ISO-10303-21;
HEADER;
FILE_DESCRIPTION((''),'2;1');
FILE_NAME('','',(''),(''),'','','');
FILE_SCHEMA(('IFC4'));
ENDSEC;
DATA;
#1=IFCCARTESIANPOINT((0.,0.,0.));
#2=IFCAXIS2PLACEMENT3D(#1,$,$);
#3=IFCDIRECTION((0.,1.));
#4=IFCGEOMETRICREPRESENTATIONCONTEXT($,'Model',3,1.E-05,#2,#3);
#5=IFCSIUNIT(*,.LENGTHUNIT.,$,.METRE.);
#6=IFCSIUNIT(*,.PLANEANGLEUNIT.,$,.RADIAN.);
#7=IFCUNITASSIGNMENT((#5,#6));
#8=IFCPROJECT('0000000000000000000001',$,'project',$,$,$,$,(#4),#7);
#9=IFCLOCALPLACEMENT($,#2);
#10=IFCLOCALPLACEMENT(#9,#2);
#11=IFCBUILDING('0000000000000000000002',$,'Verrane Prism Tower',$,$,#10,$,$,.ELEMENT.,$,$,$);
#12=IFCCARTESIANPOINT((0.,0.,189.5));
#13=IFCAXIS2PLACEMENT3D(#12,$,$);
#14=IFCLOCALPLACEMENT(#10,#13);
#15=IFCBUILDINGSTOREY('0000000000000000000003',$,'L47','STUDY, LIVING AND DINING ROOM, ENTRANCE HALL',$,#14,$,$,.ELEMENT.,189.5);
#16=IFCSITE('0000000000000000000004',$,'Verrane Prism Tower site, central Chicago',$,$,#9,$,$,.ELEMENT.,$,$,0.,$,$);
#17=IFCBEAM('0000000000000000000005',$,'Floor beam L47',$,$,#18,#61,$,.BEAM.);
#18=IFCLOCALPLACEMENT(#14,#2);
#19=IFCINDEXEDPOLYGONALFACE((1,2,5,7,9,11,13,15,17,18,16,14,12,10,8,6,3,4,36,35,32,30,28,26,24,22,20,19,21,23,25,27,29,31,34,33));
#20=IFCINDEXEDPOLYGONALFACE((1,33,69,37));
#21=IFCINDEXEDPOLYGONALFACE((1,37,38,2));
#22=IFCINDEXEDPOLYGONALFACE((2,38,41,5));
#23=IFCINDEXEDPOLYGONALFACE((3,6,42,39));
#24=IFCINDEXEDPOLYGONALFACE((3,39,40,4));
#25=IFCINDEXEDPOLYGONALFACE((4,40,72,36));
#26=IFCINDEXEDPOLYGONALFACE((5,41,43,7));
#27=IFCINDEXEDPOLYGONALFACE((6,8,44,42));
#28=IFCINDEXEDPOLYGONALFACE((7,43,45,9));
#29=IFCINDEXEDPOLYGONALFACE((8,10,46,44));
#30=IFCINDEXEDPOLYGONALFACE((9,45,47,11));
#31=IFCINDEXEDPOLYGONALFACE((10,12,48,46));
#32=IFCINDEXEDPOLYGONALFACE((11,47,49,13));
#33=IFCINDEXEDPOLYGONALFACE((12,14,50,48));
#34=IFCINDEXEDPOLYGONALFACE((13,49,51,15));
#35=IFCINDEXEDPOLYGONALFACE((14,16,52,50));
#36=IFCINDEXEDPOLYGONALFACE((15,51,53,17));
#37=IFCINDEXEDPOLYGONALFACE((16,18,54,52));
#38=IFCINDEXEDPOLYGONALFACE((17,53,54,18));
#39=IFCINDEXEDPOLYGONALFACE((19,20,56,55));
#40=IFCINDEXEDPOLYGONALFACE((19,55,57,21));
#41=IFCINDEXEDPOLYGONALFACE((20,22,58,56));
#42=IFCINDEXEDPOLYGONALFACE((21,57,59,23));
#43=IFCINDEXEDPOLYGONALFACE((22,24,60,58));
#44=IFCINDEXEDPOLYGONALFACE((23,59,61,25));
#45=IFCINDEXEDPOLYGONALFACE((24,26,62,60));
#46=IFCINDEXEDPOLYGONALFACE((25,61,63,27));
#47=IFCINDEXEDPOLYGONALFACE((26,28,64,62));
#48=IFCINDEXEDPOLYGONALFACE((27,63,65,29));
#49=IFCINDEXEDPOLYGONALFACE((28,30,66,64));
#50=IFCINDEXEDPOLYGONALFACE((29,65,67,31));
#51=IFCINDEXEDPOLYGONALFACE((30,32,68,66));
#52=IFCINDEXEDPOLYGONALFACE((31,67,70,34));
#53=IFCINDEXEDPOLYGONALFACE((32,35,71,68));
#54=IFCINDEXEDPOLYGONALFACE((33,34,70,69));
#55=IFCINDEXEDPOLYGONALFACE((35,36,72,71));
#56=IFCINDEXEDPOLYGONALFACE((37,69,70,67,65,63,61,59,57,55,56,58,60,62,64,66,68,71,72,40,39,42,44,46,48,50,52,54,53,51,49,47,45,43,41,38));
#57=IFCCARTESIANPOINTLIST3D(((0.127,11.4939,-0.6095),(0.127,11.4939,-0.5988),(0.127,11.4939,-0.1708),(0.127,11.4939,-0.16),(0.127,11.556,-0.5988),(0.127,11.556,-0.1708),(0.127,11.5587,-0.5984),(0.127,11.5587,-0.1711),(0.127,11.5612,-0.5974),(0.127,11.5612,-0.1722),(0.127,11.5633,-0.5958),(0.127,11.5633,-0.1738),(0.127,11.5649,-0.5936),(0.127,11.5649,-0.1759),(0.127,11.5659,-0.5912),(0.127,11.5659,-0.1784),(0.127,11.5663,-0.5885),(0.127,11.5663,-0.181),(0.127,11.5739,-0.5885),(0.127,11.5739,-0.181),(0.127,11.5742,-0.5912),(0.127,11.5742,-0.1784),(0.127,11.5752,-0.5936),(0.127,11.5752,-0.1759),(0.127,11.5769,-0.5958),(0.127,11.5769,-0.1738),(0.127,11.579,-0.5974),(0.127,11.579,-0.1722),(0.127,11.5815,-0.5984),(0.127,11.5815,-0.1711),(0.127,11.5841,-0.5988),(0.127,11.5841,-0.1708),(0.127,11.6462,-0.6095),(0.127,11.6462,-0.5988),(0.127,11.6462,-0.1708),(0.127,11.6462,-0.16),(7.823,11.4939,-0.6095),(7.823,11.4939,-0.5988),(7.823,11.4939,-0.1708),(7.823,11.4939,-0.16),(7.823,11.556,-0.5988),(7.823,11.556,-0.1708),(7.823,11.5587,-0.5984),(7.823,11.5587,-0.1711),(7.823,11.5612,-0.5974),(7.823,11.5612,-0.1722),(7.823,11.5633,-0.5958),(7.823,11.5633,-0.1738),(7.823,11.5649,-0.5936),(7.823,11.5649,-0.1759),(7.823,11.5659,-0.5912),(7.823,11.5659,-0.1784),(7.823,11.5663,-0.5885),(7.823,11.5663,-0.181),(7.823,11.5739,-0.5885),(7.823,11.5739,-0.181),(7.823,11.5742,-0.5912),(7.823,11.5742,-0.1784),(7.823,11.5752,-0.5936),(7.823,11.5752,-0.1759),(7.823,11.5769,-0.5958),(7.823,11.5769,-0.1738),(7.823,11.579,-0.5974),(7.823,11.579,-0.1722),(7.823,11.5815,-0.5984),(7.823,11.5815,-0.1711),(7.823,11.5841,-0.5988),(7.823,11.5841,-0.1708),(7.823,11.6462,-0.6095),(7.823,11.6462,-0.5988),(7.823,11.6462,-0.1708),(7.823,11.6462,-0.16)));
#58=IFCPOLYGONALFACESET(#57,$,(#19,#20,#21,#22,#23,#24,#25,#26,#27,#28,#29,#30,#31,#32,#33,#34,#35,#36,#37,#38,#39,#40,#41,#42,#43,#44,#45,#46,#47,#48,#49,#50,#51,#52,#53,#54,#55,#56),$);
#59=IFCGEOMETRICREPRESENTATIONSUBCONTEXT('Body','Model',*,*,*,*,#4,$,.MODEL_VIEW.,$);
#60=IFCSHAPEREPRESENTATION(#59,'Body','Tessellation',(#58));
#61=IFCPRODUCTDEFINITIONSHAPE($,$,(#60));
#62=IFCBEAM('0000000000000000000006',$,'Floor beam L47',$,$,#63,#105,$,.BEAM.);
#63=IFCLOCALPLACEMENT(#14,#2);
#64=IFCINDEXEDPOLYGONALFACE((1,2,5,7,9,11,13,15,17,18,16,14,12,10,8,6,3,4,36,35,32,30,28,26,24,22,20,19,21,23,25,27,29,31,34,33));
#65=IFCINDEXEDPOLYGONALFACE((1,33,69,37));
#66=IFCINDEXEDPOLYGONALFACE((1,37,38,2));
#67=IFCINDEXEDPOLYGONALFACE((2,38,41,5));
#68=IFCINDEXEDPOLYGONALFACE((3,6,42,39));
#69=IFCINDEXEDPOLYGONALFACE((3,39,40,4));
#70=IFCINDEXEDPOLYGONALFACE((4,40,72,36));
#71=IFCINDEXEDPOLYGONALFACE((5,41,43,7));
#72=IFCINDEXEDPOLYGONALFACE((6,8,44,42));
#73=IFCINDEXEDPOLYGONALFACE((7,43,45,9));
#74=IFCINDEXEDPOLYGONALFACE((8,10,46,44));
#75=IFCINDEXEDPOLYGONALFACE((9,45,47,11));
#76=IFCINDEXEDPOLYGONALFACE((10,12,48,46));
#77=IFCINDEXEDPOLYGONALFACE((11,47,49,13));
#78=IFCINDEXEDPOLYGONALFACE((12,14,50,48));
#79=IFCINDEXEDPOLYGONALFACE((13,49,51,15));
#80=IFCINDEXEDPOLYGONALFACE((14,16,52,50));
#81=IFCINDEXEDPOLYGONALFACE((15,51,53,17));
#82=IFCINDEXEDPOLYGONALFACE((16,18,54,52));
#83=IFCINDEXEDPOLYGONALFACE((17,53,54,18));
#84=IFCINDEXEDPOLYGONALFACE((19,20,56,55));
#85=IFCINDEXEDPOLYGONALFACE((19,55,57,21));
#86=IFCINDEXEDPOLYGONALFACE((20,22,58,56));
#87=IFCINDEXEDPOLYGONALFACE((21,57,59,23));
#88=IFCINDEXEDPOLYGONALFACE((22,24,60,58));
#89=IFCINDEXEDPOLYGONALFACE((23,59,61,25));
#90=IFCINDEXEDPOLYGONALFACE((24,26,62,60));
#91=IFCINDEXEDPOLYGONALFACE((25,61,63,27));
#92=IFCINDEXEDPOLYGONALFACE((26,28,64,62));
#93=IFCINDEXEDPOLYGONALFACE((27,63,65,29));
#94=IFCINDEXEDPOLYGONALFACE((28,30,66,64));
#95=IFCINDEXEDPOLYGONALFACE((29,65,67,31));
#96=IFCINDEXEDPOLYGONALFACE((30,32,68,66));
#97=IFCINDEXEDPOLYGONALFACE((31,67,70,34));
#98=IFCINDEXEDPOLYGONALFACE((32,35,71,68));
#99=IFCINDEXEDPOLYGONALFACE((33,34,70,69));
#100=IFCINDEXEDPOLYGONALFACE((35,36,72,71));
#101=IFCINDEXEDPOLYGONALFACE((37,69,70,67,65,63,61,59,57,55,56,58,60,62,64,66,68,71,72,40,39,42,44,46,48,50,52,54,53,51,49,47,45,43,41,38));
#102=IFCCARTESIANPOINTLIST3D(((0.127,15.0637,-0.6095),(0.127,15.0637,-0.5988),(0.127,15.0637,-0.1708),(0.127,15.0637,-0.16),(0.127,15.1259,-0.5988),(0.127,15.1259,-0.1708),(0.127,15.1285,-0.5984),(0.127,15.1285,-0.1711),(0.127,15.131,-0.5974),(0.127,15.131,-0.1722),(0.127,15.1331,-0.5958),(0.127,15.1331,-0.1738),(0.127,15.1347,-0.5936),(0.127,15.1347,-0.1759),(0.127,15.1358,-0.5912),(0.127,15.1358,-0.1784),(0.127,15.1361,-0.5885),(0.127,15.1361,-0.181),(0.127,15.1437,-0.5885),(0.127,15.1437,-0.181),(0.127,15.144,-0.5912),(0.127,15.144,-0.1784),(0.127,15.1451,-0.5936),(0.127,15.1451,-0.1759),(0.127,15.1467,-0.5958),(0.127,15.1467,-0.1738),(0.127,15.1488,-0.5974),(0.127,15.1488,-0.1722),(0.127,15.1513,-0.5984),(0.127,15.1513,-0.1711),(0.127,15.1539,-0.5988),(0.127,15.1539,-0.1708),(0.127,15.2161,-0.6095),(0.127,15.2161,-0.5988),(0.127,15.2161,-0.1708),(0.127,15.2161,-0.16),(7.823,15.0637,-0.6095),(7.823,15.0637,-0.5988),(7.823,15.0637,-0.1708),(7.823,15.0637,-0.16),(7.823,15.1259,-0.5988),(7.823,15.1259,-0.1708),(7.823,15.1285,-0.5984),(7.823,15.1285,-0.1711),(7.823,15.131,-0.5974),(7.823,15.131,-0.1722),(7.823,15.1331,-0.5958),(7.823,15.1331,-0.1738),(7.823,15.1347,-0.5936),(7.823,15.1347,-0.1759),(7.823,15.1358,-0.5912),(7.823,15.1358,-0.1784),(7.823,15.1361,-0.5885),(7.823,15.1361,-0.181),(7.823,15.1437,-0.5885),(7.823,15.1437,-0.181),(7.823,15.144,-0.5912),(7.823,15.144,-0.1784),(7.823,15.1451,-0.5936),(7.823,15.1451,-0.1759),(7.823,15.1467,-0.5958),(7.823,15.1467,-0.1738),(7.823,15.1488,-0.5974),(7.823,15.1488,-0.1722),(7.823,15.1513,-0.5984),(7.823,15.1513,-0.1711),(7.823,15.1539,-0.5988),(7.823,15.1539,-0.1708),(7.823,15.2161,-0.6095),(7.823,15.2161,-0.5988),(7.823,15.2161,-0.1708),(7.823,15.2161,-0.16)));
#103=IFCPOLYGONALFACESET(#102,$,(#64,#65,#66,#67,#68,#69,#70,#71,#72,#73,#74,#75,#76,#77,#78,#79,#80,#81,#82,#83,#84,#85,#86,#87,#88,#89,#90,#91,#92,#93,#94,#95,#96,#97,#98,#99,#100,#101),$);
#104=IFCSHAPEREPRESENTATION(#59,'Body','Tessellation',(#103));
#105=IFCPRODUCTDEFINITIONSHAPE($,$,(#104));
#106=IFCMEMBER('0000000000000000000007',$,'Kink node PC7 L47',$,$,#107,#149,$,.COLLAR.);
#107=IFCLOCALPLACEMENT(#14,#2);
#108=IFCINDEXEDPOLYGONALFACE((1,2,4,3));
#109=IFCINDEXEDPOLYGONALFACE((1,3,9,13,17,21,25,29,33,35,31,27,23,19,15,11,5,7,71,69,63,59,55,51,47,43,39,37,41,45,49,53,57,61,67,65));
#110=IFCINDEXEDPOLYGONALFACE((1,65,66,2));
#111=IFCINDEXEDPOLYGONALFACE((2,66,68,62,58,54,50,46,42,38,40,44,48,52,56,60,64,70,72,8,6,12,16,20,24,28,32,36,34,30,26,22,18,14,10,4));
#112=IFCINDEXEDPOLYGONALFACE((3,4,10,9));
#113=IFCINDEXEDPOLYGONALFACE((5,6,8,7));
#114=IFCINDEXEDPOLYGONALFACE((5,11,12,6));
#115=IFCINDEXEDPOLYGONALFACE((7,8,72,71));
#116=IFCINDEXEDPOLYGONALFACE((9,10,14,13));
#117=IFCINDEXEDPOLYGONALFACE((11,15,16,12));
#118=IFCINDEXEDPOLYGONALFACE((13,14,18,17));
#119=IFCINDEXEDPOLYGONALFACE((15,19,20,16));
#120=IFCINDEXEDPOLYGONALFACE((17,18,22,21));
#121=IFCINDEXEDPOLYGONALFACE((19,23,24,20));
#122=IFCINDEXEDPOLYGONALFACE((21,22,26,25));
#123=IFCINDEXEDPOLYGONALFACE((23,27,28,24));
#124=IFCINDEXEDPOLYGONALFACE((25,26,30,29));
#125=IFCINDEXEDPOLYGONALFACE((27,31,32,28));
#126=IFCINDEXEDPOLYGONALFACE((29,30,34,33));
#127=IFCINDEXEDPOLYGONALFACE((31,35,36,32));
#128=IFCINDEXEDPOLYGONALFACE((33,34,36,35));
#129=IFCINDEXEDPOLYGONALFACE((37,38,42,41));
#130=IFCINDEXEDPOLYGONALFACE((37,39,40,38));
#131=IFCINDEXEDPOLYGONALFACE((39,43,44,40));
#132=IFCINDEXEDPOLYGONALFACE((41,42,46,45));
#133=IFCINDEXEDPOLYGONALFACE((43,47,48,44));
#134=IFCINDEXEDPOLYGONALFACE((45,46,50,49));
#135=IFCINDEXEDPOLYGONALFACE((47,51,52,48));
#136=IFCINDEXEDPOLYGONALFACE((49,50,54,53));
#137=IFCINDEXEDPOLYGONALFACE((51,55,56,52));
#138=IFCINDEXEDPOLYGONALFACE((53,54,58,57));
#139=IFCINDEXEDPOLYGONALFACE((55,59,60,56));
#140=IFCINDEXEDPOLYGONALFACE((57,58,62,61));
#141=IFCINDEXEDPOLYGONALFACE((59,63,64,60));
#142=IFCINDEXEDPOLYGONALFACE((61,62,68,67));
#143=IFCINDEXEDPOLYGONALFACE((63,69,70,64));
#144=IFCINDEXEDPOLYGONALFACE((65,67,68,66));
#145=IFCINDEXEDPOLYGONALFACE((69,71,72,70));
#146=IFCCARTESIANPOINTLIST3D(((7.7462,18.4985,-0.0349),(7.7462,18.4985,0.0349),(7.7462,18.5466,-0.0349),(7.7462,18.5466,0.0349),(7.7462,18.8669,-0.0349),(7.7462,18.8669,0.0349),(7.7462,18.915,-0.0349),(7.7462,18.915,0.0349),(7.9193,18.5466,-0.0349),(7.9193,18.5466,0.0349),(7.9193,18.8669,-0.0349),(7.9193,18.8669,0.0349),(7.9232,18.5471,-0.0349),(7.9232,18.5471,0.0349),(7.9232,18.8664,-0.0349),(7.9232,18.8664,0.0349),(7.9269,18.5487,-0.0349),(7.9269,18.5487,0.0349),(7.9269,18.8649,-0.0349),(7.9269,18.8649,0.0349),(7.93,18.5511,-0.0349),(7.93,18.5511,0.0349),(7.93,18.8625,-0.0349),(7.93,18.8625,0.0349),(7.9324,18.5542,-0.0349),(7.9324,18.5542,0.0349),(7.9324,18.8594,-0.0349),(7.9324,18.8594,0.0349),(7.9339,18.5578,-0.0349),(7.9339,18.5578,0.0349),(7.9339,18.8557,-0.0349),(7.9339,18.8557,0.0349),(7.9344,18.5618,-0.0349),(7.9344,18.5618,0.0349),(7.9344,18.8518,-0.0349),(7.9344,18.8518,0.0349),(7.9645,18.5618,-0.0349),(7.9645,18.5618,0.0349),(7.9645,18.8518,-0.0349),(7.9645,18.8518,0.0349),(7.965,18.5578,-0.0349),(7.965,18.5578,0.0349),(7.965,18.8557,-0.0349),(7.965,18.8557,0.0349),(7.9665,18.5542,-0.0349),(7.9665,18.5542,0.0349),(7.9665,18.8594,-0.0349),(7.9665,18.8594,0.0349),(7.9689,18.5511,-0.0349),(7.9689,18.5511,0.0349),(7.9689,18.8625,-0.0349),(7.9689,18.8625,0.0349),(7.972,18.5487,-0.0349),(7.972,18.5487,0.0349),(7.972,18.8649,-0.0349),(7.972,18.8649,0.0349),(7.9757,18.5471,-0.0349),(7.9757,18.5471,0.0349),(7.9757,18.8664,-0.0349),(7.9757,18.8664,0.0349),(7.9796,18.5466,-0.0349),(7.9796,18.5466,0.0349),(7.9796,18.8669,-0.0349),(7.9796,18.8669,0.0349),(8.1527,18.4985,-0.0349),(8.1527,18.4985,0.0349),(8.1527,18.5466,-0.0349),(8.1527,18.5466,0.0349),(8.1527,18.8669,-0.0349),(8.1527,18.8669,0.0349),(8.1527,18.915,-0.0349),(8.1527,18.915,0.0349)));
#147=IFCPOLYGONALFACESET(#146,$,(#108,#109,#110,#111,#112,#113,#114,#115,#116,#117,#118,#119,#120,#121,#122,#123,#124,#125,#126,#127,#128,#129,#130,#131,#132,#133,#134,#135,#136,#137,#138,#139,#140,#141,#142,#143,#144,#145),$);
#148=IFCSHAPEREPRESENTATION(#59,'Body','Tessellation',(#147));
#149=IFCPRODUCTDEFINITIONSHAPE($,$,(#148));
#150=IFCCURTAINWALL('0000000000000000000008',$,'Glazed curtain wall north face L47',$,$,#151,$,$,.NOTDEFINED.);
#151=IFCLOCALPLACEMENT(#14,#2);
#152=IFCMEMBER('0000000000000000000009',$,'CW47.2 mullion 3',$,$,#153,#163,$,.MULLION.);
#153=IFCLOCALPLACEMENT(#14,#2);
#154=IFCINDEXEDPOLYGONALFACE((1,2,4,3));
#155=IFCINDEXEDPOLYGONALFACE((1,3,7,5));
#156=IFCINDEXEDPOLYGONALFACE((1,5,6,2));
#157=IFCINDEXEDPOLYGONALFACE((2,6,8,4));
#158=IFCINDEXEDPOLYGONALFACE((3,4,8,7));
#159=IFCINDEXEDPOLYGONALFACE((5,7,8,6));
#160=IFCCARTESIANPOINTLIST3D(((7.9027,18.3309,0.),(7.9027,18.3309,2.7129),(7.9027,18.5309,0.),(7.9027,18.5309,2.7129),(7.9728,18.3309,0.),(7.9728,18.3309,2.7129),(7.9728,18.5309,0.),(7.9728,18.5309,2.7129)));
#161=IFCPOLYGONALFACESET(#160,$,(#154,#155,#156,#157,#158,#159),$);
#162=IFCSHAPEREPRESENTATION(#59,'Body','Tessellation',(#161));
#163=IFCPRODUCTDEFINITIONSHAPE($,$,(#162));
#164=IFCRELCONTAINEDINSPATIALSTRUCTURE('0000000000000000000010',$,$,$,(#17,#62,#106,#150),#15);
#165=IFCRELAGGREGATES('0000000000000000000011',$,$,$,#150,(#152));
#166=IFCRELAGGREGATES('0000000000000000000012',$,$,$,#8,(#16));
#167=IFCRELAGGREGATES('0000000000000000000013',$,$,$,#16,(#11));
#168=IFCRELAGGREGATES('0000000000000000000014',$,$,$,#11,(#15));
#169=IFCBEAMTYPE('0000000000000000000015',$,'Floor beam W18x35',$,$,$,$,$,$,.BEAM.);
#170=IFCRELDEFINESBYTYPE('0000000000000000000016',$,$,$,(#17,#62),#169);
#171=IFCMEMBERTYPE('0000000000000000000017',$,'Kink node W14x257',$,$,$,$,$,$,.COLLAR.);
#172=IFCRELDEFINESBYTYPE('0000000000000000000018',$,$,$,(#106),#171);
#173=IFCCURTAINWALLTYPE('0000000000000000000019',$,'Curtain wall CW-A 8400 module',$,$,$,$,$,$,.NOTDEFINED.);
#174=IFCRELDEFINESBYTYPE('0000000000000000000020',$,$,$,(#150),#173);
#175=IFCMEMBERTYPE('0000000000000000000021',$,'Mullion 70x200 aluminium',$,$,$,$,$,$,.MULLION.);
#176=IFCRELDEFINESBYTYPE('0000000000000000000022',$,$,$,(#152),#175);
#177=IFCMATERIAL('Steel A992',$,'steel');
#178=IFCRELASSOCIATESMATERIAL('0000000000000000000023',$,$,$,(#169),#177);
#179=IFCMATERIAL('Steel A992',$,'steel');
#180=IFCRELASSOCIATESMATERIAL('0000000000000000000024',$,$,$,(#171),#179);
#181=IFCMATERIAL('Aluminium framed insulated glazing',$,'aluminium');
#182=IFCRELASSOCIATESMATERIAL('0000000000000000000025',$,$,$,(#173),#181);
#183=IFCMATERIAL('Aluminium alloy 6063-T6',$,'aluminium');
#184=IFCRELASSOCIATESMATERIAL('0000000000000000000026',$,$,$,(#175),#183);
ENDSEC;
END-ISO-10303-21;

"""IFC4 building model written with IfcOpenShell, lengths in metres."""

from ifc_helpers import new_model, si_unit, direction, frame, origin, origin_2d, place, context, subcontext, project, spatial, rectangle, i_section, extrude, material, material_profile, profile_set, type_object, element, aggregate, save


model = new_model("IFC4")

# Units and contexts
model_context = context("Model", 3, precision=1e-05, world=origin(), true_north=direction((0.0, 1.0)))
body_context = subcontext(model_context, "Body", "Model", "MODEL_VIEW")
ifc_project = project(units=[si_unit("LENGTHUNIT", "METRE"), si_unit("PLANEANGLEUNIT", "RADIAN")], contexts=[model_context])

# Site, building, storey
site_placement = place(None, origin())
site = spatial("IfcSite", under=ifc_project, at=site_placement, Name="Verrane Prism Tower site, central Chicago", CompositionType="ELEMENT", RefElevation=0.0)
building_placement = place(site_placement, origin())
building = spatial("IfcBuilding", under=site, at=building_placement, Name="Verrane Prism Tower", CompositionType="ELEMENT")
storey_placement = place(building_placement, frame((0.0, 0.0, 189.5)))
storey = spatial("IfcBuildingStorey", under=building, at=storey_placement, Name="L47", Description="STUDY, LIVING AND DINING ROOM, ENTRANCE HALL", CompositionType="ELEMENT", Elevation=189.5)

# Beams
ifc_material_1 = material(Name="Steel A992", Category="steel")
ifc_material_profile_1 = material_profile(ifc_material_1, i_section(OverallWidth=0.1523, OverallDepth=0.4495, WebThickness=0.0076, FlangeThickness=0.0107, FilletRadius=0.0103, at=origin_2d()), Name="W18x35")
ifc_profile_set_1 = profile_set([ifc_material_profile_1], Name="Steel A992")
beam_type_1 = type_object("IfcBeamType", Name="Floor beam W18x35", PredefinedType="BEAM", material=ifc_profile_set_1)
for number, where, z_axis, x_axis, name in (
    (1, (0.127, 11.5701, -0.3848), (1.0, 0.0, 0.0), (0.0, 1.0, 0.0), "Floor beam L47"),
    (2, (0.127, 15.1399, -0.3848), (1.0, 0.0, 0.0), (0.0, 1.0, 0.0), "Floor beam L47"),
):
    element("IfcBeam", number, at=place(storey_placement, frame(where, z_axis=z_axis, x_axis=x_axis)), inside=storey, type_object=beam_type_1, Name=name, PredefinedType="BEAM", context=body_context, shape_type="SweptSolid", body=[
        extrude(i_section(OverallWidth=0.1523, OverallDepth=0.4495, WebThickness=0.0076, FlangeThickness=0.0107, FilletRadius=0.0103, at=origin_2d()), origin(), (0.0, 0.0, 1.0), 7.696),
    ])

# Member
ifc_material_2 = material(Name="Steel A992", Category="steel")
ifc_material_profile_2 = material_profile(ifc_material_2, i_section(OverallWidth=0.4065, OverallDepth=0.4165, WebThickness=0.03, FlangeThickness=0.0481, FilletRadius=0.0151, at=origin_2d()), Name="W14x257")
ifc_profile_set_2 = profile_set([ifc_material_profile_2], Name="Steel A992")
member_type_1 = type_object("IfcMemberType", Name="Kink node W14x257", PredefinedType="COLLAR", material=ifc_profile_set_2)
member_1_placement = place(storey_placement, frame((7.9495, 18.7068, -0.0349), z_axis=(0.0, 0.0, 1.0), x_axis=(1.0, 0.0, 0.0)))
element("IfcMember", 3, at=member_1_placement, inside=storey, type_object=member_type_1, Name="Kink node PC7 L47", PredefinedType="COLLAR", context=body_context, shape_type="SweptSolid", body=[
    extrude(i_section(OverallWidth=0.4065, OverallDepth=0.4165, WebThickness=0.03, FlangeThickness=0.0481, FilletRadius=0.0151, at=origin_2d()), origin(), (0.0, 0.0, 1.0), 0.0698),
])

# Curtain wall, member
ifc_material_3 = material(Name="Aluminium framed insulated glazing", Category="aluminium")
curtain_wall_type = type_object("IfcCurtainWallType", Name="Curtain wall CW-A 8400 module", PredefinedType="NOTDEFINED", material=ifc_material_3)
curtain_wall_placement = place(storey_placement, origin())
curtain_wall = element("IfcCurtainWall", 4, at=curtain_wall_placement, inside=storey, type_object=curtain_wall_type, Name="Glazed curtain wall north face L47", PredefinedType="NOTDEFINED")
ifc_material_4 = material(Name="Aluminium alloy 6063-T6", Category="aluminium")
ifc_material_profile_3 = material_profile(ifc_material_4, rectangle(XDim=0.2, YDim=0.0701, at=origin_2d()), Name="Mullion 70x200 aluminium")
ifc_profile_set_3 = profile_set([ifc_material_profile_3], Name="Aluminium alloy 6063-T6")
member_type_2 = type_object("IfcMemberType", Name="Mullion 70x200 aluminium", PredefinedType="MULLION", material=ifc_profile_set_3)
member_2_placement = place(storey_placement, frame((7.9377, 18.4309, 0.0), z_axis=(0.0, 0.0, 1.0), x_axis=(0.0, -1.0, 0.0)))
member_2 = element("IfcMember", 5, at=member_2_placement, type_object=member_type_2, Name="CW47.2 mullion 3", PredefinedType="MULLION", context=body_context, shape_type="SweptSolid", body=[
    extrude(rectangle(XDim=0.2, YDim=0.0701, at=origin_2d()), origin(), (0.0, 0.0, 1.0), 2.7129),
])

aggregate(curtain_wall, [member_2])

save(model, "model.ifc")
